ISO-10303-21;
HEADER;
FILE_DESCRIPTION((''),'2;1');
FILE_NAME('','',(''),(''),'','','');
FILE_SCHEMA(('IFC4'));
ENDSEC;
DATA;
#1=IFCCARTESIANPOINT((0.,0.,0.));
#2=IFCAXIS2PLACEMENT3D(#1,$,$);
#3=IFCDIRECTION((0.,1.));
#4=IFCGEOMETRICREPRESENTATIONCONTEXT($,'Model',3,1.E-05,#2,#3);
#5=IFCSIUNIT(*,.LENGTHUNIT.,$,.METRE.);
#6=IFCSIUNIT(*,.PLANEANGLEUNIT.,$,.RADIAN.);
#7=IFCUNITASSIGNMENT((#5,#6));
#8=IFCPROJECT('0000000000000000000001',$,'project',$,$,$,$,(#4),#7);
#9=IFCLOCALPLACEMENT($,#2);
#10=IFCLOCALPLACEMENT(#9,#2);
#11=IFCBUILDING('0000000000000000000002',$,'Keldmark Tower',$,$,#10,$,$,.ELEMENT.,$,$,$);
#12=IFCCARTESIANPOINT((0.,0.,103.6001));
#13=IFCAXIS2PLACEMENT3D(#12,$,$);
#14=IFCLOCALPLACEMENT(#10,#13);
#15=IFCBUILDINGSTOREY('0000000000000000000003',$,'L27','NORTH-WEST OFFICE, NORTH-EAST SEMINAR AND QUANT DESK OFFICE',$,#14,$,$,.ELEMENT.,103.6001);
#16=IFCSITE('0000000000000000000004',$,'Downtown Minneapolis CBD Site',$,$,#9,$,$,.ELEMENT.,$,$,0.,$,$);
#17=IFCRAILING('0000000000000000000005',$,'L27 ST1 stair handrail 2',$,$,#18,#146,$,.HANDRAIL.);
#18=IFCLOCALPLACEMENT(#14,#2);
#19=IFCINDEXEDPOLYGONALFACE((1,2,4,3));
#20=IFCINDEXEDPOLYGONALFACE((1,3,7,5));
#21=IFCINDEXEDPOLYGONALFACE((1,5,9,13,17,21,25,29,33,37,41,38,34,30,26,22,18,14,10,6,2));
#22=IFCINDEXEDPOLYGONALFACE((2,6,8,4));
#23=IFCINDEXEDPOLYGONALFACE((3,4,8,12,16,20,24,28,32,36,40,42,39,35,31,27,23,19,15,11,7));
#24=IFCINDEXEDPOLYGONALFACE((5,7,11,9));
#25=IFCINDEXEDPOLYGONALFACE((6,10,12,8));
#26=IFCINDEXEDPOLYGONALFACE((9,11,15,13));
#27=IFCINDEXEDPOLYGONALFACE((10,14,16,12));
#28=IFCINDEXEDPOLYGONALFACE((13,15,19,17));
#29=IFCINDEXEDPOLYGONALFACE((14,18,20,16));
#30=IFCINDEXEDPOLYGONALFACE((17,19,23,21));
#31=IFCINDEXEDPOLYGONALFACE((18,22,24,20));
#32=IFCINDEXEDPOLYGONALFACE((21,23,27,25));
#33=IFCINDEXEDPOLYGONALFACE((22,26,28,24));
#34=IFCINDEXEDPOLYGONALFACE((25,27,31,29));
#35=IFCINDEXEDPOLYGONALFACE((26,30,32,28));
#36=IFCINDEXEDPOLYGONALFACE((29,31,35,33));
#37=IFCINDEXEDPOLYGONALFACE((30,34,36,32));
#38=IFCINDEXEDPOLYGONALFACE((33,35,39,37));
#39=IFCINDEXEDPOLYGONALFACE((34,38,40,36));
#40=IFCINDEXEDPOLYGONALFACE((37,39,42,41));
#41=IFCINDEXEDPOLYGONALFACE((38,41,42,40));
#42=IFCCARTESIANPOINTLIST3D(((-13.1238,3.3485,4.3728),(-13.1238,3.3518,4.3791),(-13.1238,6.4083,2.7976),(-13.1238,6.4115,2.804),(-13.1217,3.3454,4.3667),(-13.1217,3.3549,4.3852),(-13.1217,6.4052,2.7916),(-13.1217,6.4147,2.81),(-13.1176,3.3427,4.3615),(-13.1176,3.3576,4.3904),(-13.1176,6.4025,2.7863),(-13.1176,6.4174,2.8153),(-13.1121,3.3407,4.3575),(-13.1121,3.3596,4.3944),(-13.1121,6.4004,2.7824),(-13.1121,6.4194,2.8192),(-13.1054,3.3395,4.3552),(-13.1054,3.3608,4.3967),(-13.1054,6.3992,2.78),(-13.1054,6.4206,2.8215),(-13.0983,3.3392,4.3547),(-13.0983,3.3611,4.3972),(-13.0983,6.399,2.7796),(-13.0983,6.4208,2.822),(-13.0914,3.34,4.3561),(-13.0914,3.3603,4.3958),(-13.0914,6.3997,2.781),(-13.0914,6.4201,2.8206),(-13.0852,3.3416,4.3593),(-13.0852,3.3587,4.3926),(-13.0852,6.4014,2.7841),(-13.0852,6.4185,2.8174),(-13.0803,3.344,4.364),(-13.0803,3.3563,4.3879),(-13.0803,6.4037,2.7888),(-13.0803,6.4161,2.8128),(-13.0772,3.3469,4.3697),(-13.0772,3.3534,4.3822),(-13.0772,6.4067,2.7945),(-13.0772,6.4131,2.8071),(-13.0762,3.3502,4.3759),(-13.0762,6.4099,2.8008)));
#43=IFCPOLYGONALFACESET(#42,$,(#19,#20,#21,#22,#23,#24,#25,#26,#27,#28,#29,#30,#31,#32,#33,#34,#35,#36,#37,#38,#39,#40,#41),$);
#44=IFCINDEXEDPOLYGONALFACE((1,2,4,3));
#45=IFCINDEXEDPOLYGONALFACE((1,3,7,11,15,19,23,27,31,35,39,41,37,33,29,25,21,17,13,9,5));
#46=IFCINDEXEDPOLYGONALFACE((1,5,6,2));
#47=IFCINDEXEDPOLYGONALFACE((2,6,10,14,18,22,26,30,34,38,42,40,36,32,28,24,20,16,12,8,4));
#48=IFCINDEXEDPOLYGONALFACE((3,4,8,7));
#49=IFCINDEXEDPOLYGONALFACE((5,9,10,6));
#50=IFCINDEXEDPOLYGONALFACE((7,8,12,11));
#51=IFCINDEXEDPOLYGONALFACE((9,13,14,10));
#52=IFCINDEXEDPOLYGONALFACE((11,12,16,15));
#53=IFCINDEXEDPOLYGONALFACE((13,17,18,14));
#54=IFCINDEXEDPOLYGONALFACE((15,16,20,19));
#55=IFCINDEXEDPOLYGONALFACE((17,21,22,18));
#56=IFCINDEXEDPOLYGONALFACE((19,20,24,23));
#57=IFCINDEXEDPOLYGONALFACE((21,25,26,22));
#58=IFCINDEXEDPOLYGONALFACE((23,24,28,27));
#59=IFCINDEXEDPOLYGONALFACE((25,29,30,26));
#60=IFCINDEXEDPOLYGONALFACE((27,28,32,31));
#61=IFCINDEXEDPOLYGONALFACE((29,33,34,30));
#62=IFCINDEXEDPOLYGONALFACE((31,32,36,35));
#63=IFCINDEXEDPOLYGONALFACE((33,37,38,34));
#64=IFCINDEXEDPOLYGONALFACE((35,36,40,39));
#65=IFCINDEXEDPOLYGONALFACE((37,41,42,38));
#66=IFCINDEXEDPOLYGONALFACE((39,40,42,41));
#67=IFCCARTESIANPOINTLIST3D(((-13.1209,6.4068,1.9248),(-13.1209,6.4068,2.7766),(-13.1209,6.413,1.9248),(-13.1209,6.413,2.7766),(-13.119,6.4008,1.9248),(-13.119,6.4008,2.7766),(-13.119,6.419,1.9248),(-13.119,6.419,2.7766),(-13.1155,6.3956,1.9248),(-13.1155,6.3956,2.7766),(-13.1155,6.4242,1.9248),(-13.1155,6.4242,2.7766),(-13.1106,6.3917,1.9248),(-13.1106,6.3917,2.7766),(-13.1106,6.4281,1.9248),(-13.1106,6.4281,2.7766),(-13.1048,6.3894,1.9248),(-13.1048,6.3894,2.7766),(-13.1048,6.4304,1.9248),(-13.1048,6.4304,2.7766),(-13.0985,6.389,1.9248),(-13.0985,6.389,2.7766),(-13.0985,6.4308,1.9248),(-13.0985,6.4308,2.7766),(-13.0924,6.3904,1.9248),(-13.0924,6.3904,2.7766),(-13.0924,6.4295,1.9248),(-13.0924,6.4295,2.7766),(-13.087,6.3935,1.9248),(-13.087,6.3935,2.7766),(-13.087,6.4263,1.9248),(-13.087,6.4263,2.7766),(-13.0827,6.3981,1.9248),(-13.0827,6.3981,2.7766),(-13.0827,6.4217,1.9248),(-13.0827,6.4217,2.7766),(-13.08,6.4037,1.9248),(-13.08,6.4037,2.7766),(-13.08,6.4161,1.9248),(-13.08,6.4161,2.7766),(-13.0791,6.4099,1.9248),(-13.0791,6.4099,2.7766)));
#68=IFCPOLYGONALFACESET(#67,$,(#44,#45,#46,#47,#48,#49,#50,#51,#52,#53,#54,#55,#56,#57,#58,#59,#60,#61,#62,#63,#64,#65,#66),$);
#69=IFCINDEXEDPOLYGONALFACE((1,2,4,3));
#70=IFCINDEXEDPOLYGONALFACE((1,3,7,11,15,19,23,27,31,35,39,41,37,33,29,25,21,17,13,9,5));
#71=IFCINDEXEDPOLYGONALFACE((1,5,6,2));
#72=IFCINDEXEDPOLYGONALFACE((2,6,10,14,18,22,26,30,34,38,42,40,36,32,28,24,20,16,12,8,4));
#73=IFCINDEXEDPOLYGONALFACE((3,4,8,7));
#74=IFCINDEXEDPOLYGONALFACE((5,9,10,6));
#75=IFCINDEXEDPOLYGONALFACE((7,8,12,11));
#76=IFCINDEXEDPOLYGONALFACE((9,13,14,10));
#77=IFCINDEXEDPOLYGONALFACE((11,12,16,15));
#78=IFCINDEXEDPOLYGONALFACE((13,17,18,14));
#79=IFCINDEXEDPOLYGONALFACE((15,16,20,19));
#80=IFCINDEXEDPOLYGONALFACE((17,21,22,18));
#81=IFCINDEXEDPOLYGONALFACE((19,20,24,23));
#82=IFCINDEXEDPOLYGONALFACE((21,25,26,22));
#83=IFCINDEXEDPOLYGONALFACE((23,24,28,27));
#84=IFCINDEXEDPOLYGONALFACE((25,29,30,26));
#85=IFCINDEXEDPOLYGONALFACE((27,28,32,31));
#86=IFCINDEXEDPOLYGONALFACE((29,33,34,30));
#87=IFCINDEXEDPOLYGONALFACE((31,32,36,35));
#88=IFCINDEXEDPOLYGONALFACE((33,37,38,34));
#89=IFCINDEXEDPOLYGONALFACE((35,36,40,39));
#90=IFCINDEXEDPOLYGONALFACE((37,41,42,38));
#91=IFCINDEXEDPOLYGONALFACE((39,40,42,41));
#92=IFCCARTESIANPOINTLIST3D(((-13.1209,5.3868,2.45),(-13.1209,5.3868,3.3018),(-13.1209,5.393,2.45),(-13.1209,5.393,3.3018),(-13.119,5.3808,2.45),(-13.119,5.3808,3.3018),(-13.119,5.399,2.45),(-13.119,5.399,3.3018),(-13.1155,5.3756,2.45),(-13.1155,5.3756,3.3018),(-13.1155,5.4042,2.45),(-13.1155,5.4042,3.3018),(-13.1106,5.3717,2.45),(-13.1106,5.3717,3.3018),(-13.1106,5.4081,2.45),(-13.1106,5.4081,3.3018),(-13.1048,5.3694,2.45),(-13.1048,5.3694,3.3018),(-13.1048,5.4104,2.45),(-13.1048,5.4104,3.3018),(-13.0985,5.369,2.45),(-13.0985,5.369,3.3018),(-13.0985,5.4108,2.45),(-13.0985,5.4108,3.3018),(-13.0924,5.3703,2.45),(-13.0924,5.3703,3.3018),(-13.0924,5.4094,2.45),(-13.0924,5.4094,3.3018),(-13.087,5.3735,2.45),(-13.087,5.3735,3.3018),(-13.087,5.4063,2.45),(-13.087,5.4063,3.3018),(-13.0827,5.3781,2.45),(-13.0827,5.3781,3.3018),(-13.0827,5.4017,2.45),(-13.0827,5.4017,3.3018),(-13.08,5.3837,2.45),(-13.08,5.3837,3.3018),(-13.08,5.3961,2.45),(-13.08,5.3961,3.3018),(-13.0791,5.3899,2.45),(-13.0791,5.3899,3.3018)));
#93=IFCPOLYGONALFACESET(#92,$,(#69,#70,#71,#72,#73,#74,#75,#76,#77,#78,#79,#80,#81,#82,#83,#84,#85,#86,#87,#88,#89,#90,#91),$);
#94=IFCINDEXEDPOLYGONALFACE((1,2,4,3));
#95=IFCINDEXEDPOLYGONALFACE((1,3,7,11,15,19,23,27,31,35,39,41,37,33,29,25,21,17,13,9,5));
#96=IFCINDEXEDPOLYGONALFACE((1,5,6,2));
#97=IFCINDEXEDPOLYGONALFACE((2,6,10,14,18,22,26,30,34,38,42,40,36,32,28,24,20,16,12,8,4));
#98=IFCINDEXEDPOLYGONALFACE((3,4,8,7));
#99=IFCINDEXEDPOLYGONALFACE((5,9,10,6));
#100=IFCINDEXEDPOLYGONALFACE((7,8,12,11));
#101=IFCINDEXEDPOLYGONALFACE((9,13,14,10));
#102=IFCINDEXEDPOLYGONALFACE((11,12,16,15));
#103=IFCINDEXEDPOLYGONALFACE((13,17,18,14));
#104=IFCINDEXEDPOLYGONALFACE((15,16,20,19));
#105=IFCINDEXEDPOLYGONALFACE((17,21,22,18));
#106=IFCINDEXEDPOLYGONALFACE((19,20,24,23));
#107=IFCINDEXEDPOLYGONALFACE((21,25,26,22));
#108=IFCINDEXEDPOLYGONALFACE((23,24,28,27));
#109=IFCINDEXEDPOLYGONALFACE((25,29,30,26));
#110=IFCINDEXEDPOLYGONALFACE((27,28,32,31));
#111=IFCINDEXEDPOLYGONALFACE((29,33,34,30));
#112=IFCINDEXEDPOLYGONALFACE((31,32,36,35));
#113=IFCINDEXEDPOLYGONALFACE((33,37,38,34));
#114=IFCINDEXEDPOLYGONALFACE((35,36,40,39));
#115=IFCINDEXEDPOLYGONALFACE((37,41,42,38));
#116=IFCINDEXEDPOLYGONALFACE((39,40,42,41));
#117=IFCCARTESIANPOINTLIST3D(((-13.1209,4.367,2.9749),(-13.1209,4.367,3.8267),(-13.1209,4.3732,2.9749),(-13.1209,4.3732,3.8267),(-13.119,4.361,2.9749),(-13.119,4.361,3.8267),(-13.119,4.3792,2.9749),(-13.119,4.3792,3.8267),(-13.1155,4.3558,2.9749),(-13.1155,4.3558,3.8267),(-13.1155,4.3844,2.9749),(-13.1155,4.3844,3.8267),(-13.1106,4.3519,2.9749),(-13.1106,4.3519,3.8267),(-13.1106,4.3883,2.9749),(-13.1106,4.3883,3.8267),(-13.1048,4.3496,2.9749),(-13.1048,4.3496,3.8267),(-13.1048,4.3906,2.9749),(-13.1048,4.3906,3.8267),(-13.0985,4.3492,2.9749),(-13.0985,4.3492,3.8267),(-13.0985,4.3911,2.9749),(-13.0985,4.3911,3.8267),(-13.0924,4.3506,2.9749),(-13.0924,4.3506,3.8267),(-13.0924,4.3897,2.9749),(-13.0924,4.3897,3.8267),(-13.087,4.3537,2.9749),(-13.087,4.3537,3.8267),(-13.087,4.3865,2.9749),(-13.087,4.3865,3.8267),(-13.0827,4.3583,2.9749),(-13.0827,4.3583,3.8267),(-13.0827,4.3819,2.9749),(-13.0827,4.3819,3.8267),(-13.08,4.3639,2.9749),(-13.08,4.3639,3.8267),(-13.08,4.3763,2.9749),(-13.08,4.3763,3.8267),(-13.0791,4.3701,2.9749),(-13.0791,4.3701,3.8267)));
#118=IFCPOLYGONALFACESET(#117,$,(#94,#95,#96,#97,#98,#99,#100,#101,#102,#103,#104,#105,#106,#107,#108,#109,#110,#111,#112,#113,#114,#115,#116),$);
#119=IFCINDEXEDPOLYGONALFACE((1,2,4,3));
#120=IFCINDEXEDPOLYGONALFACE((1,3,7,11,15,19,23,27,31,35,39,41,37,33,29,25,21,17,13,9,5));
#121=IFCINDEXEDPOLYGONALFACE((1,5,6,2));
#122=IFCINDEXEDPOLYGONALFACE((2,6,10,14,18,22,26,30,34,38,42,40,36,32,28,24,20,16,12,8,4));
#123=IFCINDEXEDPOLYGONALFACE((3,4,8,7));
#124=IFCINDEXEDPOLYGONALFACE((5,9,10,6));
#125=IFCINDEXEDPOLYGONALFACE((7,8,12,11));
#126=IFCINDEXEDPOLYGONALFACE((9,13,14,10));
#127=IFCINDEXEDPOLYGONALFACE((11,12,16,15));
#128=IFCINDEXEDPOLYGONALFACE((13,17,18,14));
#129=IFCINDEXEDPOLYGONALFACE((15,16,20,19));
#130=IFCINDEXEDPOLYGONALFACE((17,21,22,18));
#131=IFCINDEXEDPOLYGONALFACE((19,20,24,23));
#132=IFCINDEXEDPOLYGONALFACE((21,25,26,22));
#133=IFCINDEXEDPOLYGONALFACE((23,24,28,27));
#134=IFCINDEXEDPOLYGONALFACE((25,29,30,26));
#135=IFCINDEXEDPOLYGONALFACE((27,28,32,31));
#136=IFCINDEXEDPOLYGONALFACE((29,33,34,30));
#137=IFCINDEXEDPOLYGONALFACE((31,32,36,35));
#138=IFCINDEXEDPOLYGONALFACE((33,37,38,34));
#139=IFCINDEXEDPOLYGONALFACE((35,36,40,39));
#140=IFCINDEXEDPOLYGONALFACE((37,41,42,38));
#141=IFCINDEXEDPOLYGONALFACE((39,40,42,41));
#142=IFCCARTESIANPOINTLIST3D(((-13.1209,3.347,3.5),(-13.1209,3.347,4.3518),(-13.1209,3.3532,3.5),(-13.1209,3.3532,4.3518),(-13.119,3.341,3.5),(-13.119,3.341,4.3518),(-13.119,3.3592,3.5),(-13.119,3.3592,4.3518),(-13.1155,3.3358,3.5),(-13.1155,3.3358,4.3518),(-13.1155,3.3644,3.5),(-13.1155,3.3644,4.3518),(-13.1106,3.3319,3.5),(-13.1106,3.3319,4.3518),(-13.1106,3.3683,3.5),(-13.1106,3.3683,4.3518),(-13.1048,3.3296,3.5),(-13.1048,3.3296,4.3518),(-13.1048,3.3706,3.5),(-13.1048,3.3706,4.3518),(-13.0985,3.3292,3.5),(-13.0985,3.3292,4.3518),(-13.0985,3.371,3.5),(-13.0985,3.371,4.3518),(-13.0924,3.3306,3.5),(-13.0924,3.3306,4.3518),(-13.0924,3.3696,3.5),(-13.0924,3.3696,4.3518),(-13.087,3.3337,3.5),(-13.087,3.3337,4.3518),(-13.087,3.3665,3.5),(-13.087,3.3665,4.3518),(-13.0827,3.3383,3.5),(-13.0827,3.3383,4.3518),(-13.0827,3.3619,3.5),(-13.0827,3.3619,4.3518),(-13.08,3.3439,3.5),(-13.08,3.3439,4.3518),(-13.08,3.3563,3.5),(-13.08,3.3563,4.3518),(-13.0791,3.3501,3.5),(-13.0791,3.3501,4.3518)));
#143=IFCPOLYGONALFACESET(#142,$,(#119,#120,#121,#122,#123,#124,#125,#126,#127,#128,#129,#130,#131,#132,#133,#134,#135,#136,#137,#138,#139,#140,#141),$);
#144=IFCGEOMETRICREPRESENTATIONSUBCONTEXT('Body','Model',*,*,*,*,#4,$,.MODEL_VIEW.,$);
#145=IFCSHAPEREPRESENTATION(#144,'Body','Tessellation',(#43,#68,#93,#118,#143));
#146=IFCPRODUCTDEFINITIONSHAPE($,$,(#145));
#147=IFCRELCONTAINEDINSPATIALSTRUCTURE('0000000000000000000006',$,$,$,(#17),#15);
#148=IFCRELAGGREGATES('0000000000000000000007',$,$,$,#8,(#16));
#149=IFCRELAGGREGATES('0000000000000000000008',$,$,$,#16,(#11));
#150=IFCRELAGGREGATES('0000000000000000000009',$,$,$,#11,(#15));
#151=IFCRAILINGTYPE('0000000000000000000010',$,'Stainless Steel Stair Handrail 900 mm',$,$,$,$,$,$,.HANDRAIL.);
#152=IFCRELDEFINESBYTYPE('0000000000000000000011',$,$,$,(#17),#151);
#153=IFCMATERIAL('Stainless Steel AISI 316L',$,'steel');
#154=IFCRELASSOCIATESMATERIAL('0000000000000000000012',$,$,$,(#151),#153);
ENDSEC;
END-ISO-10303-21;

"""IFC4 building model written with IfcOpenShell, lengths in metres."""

from ifc_helpers import new_model, si_unit, direction, frame, origin, origin_2d, place, context, subcontext, project, spatial, circle, extrude, material, type_object, element, save


model = new_model("IFC4")

# Units and contexts
model_context = context("Model", 3, precision=1e-05, world=origin(), true_north=direction((0.0, 1.0)))
body_context = subcontext(model_context, "Body", "Model", "MODEL_VIEW")
ifc_project = project(units=[si_unit("LENGTHUNIT", "METRE"), si_unit("PLANEANGLEUNIT", "RADIAN")], contexts=[model_context])

# Site, building, storey
site_placement = place(None, origin())
site = spatial("IfcSite", under=ifc_project, at=site_placement, Name="Downtown Minneapolis CBD Site", CompositionType="ELEMENT", RefElevation=0.0)
building_placement = place(site_placement, origin())
building = spatial("IfcBuilding", under=site, at=building_placement, Name="Keldmark Tower", CompositionType="ELEMENT")
storey_placement = place(building_placement, frame((0.0, 0.0, 103.6001)))
storey = spatial("IfcBuildingStorey", under=building, at=storey_placement, Name="L27", Description="NORTH-WEST OFFICE, NORTH-EAST SEMINAR AND QUANT DESK OFFICE", CompositionType="ELEMENT", Elevation=103.6001)

# Railing
ifc_material_1 = material(Name="Stainless Steel AISI 316L", Category="steel")
railing_type_1 = type_object("IfcRailingType", Name="Stainless Steel Stair Handrail 900 mm", PredefinedType="HANDRAIL", material=ifc_material_1)
railing_1_placement = place(storey_placement, frame((-13.1001, 6.4099, 1.9248)))
element("IfcRailing", 1, at=railing_1_placement, inside=storey, type_object=railing_type_1, Name="L27 ST1 stair handrail 2", PredefinedType="HANDRAIL", context=body_context, shape_type="SweptSolid", body=[
    extrude(circle(Radius=0.0239, at=origin_2d()), frame((0.0, 0.0, 0.876), z_axis=(0.0, -0.889101, 0.45771), x_axis=(1.0, 0.0, 0.0)), (0.0, 0.0, 1.0), 3.4414),
    extrude(circle(Radius=0.021, at=origin_2d()), origin(), (0.0, 0.0, 1.0), 0.8518),
    extrude(circle(Radius=0.021, at=origin_2d()), frame((0.0, -1.02, 0.5251)), (0.0, 0.0, 1.0), 0.8518),
    extrude(circle(Radius=0.021, at=origin_2d()), frame((0.0, -2.0398, 1.05)), (0.0, 0.0, 1.0), 0.8518),
    extrude(circle(Radius=0.021, at=origin_2d()), frame((0.0, -3.0598, 1.5752)), (0.0, 0.0, 1.0), 0.8518),
])

save(model, "model.ifc")
